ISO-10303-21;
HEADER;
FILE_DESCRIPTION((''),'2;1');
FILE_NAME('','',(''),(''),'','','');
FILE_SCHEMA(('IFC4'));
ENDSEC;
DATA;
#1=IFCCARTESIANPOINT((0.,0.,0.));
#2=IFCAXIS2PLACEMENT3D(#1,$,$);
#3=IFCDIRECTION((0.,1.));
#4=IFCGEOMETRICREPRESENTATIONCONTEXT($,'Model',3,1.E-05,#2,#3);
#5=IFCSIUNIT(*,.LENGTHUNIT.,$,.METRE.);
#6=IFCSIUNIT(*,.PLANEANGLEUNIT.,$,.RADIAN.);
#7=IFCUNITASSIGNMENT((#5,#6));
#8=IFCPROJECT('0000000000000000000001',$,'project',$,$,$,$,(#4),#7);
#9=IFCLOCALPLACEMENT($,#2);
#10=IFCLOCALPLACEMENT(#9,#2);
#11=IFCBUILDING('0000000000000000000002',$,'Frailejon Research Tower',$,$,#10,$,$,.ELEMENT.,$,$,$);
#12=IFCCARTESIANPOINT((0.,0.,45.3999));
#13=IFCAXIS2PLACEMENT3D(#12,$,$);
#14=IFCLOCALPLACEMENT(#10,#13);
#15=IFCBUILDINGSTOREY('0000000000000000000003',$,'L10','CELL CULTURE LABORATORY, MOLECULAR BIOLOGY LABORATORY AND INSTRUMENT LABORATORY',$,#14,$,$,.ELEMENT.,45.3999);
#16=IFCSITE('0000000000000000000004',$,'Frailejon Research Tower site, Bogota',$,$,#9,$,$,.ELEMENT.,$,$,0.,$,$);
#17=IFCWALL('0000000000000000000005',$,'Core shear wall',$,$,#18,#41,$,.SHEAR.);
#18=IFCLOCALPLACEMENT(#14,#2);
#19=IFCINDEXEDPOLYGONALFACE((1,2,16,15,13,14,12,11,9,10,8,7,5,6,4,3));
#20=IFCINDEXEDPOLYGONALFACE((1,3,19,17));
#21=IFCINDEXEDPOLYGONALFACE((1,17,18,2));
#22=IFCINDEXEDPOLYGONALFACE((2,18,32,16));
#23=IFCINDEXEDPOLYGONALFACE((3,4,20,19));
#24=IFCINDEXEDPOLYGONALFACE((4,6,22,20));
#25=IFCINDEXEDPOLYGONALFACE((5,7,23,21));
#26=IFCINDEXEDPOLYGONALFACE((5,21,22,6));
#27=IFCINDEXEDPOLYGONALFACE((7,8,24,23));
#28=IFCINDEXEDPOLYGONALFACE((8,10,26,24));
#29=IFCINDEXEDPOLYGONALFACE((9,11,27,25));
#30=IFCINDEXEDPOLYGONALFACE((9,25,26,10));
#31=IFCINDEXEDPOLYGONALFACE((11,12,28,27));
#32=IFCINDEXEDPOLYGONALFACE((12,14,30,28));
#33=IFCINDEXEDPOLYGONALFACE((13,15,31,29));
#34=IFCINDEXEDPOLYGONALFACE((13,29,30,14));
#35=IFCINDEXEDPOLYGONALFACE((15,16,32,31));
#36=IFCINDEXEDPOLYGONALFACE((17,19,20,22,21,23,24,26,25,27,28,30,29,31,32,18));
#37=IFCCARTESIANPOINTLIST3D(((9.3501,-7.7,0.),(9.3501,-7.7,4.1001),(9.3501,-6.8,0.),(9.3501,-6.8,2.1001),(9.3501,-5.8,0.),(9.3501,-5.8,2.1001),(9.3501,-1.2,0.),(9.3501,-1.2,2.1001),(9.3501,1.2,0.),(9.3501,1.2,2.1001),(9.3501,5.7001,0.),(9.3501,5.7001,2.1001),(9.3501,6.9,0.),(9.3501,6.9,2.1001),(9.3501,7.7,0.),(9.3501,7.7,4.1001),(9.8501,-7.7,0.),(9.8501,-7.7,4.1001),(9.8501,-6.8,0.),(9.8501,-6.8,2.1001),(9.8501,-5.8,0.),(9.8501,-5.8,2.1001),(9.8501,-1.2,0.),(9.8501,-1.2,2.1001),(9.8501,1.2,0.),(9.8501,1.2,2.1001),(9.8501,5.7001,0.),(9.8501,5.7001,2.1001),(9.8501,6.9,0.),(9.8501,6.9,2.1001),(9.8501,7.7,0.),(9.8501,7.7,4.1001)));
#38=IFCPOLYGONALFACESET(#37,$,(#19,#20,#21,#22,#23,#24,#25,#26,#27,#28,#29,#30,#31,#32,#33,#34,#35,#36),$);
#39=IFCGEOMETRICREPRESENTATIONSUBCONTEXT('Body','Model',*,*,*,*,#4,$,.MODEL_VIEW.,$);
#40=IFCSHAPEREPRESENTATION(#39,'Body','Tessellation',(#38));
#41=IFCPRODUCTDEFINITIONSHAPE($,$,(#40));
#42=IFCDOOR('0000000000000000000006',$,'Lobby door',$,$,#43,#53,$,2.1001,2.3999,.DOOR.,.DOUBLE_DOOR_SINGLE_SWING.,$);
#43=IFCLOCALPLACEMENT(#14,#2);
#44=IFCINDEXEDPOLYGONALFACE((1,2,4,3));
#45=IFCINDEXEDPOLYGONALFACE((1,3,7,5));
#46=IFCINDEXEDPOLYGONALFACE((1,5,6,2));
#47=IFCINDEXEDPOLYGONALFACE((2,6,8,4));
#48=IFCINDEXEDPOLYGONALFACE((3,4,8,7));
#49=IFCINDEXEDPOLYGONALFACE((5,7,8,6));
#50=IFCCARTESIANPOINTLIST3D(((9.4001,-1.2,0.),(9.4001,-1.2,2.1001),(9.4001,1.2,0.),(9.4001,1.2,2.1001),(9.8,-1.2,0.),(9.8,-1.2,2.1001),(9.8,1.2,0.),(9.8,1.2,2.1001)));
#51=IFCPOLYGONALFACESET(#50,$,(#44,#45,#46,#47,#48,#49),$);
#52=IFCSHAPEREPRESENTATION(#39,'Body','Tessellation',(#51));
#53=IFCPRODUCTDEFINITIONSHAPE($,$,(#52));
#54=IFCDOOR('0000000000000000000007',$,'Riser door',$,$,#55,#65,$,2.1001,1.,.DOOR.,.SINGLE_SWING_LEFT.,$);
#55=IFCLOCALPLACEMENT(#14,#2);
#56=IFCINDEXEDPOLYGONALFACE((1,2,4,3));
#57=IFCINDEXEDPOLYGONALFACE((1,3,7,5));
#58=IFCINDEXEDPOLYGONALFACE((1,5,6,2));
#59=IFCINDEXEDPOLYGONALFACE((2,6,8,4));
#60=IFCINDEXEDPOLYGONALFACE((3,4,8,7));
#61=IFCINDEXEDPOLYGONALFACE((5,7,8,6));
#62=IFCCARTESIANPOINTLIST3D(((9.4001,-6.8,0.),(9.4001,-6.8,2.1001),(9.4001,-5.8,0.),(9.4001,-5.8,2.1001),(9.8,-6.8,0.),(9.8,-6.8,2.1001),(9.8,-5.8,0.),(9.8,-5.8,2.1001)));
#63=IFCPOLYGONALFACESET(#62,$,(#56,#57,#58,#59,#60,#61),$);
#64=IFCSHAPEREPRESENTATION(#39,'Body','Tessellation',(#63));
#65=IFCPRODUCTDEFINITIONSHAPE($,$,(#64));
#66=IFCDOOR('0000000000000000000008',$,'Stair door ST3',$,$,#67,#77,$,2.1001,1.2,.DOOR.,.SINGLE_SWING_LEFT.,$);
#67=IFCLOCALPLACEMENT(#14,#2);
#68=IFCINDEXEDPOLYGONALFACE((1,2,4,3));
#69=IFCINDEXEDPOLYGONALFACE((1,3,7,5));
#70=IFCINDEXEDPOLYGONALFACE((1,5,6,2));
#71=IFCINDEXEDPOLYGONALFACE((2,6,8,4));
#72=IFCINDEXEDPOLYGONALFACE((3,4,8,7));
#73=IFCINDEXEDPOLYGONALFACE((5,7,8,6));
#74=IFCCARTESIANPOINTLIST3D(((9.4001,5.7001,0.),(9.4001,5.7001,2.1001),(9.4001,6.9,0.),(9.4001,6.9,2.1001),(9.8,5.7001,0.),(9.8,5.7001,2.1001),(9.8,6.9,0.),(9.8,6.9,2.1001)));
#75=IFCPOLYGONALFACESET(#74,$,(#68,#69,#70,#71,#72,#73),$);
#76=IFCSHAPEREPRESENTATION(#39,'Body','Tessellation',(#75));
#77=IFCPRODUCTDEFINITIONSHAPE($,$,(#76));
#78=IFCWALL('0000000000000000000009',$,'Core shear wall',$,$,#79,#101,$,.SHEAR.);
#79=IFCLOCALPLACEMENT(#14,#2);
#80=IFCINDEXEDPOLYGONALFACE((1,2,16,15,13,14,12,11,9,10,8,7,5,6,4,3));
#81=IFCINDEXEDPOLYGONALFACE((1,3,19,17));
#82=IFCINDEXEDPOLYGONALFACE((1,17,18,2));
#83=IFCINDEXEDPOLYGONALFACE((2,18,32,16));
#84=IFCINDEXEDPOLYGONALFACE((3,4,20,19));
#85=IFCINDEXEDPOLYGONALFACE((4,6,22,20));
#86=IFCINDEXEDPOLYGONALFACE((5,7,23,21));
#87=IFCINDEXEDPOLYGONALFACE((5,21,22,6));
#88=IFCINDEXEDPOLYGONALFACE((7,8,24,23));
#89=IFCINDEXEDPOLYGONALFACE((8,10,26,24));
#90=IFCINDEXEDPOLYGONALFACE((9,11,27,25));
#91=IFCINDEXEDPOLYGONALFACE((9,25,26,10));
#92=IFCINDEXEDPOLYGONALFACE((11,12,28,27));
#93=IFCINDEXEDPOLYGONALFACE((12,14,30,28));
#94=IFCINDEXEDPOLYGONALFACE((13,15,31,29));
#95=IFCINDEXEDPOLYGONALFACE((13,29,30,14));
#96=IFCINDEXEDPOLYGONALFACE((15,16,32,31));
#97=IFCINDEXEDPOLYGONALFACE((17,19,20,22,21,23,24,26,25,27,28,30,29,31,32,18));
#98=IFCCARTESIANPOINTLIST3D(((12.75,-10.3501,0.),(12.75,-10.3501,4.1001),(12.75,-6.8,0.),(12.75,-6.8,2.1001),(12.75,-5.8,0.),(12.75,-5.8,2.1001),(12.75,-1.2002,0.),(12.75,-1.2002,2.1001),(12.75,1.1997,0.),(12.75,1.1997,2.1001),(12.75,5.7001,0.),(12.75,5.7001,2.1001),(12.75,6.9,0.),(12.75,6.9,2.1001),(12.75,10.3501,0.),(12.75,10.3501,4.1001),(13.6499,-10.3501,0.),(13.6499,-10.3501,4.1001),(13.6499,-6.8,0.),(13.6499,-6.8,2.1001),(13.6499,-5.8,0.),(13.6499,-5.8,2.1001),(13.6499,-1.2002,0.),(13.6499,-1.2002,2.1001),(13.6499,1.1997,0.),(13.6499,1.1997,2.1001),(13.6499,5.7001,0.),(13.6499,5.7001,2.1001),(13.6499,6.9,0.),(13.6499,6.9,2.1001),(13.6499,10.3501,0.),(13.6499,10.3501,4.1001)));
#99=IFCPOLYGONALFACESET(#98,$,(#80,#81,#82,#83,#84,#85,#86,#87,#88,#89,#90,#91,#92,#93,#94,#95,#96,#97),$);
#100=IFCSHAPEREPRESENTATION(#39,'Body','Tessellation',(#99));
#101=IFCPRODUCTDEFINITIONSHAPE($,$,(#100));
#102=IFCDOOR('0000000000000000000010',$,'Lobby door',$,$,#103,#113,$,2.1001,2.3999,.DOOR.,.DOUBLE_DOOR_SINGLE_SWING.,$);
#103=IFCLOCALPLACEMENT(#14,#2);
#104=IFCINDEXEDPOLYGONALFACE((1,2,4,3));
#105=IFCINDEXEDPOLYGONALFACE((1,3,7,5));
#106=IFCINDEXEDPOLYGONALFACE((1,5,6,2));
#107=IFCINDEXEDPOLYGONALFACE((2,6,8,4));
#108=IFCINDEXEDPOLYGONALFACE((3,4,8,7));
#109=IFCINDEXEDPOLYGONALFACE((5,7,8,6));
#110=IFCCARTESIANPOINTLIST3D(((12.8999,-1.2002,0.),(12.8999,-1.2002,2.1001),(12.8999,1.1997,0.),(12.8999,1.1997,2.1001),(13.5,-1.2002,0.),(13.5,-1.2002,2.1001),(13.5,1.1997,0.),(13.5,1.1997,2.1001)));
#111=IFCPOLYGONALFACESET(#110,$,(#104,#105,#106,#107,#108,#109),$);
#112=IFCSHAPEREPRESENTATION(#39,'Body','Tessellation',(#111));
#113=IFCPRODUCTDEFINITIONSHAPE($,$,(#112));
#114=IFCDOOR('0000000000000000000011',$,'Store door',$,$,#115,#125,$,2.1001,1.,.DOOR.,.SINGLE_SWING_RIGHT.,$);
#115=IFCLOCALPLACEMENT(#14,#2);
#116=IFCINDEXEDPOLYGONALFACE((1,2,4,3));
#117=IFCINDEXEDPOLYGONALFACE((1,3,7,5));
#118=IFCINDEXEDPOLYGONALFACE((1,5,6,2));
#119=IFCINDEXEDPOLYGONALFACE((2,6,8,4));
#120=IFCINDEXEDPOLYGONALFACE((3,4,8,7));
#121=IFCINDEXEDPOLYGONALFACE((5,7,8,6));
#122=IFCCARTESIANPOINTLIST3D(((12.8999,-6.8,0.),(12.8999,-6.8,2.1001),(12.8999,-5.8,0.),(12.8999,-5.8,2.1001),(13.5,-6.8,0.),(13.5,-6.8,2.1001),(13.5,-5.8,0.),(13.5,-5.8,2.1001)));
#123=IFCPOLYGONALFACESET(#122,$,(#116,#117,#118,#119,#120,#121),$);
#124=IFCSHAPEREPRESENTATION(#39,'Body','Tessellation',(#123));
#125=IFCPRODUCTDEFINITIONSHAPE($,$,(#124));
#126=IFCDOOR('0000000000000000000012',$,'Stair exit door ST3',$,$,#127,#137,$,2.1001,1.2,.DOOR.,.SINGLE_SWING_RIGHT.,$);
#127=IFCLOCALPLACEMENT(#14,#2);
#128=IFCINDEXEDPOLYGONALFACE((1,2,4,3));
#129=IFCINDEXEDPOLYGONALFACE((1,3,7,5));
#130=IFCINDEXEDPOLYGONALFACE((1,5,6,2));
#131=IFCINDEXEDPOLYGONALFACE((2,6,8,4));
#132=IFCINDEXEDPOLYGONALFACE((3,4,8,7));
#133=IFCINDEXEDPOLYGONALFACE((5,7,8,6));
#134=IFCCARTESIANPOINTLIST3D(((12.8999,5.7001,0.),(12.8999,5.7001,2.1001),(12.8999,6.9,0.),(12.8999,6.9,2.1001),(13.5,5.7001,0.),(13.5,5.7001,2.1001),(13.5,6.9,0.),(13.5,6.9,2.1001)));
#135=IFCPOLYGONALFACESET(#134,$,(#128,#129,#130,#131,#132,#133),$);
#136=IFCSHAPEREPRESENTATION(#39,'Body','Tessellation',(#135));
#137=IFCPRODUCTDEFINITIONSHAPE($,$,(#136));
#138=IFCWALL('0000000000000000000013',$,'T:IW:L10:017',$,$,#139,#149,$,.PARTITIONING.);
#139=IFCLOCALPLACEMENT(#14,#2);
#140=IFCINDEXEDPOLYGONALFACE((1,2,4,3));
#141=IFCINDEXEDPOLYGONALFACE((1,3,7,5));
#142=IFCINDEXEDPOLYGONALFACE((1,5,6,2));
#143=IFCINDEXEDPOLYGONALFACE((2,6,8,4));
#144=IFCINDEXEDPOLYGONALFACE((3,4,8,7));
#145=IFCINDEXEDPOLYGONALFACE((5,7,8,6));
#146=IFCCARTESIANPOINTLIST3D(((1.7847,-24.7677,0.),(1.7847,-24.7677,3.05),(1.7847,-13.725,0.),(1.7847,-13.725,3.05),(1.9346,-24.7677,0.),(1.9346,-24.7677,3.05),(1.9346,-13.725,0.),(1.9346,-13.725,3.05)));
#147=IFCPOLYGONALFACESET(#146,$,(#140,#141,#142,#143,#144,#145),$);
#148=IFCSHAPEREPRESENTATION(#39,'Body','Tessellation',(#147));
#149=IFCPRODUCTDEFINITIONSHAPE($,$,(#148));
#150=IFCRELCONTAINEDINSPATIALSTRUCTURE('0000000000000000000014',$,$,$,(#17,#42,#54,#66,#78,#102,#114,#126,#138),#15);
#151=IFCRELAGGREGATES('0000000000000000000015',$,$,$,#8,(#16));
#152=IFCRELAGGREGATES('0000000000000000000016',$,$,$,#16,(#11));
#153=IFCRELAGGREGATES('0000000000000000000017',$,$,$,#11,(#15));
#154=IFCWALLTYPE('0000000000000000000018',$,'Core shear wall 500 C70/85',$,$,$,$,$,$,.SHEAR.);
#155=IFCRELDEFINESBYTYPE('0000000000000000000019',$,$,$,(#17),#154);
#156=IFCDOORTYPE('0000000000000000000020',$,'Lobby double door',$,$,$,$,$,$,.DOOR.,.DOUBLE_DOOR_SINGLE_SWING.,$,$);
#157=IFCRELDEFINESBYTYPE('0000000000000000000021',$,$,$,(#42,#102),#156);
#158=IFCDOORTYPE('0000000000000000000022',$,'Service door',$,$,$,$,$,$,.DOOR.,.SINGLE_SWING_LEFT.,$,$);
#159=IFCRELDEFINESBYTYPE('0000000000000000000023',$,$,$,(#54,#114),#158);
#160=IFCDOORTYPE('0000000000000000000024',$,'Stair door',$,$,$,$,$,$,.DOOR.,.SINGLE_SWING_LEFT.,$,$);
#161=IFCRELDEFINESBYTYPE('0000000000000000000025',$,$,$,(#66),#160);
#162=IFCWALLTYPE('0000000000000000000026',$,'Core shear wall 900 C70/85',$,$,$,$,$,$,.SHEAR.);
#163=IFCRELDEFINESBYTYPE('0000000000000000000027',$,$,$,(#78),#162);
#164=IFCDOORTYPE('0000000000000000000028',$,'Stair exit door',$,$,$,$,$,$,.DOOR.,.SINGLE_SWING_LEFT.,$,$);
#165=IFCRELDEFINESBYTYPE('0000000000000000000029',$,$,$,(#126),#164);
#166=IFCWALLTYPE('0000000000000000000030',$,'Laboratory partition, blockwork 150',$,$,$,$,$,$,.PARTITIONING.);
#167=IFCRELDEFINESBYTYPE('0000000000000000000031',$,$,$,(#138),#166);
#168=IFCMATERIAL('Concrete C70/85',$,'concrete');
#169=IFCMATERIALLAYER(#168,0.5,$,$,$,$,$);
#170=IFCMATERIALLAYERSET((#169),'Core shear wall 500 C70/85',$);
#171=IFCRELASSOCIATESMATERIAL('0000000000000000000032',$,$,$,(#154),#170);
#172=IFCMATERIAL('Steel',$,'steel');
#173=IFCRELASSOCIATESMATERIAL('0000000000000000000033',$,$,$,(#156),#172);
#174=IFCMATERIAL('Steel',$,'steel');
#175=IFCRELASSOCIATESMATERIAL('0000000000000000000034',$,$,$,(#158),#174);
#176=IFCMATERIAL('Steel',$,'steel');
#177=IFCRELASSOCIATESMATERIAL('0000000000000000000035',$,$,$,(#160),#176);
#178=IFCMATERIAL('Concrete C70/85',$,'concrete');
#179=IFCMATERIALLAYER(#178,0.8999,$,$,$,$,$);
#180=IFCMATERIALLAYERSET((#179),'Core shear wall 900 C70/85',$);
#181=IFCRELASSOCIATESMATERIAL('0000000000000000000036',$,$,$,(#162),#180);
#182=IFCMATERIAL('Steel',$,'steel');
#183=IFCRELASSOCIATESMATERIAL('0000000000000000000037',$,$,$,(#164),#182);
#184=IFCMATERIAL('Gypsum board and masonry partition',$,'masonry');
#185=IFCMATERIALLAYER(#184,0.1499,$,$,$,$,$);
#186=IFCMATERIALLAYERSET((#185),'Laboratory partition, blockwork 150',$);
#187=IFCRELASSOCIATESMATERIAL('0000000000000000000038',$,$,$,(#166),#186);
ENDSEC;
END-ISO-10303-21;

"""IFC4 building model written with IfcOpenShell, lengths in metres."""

from ifc_helpers import new_model, si_unit, direction, frame, frame_2d, origin, place, context, subcontext, project, spatial, rectangle, extrude, material, layer, layer_set, type_object, element, fill, save


model = new_model("IFC4")

# Units and contexts
model_context = context("Model", 3, precision=1e-05, world=origin(), true_north=direction((0.0, 1.0)))
body_context = subcontext(model_context, "Body", "Model", "MODEL_VIEW")
ifc_project = project(units=[si_unit("LENGTHUNIT", "METRE"), si_unit("PLANEANGLEUNIT", "RADIAN")], contexts=[model_context])

# Site, building, storey
site_placement = place(None, origin())
site = spatial("IfcSite", under=ifc_project, at=site_placement, Name="Frailejon Research Tower site, Bogota", CompositionType="ELEMENT", RefElevation=0.0)
building_placement = place(site_placement, origin())
building = spatial("IfcBuilding", under=site, at=building_placement, Name="Frailejon Research Tower", CompositionType="ELEMENT")
storey_placement = place(building_placement, frame((0.0, 0.0, 45.3999)))
storey = spatial("IfcBuildingStorey", under=building, at=storey_placement, Name="L10", Description="CELL CULTURE LABORATORY, MOLECULAR BIOLOGY LABORATORY AND INSTRUMENT LABORATORY", CompositionType="ELEMENT", Elevation=45.3999)

# Walls, openings, doors
ifc_material_1 = material(Name="Concrete C70/85", Category="concrete")
ifc_layer_1 = layer(ifc_material_1, 0.5)
ifc_layer_set_1 = layer_set([ifc_layer_1], Name="Core shear wall 500 C70/85")
wall_type_1 = type_object("IfcWallType", Name="Core shear wall 500 C70/85", PredefinedType="SHEAR", material=ifc_layer_set_1)
wall_1_placement = place(storey_placement, frame((9.6001, -7.7, 0.0), z_axis=(0.0, 0.0, 1.0), x_axis=(0.0, 1.0, 0.0)))
wall_1 = element("IfcWall", 1, at=wall_1_placement, inside=storey, type_object=wall_type_1, Name="Core shear wall", PredefinedType="SHEAR", context=body_context, shape_type="SweptSolid", body=[
    extrude(rectangle(XDim=15.3999, YDim=0.5, at=frame_2d((7.7, 0.0))), origin(), (0.0, 0.0, 1.0), 4.1001),
])
opening_1_placement = place(wall_1_placement, frame((6.5, 0.0, 0.0)))
opening_1 = element("IfcOpeningElement", 2, at=opening_1_placement, cuts=wall_1, PredefinedType="OPENING", context=body_context, shape_type="SweptSolid", body=[
    extrude(rectangle(XDim=2.3999, YDim=2.1001, at=frame_2d((1.2, 1.05))), frame((0.0, 0.26, 0.0), z_axis=(0.0, -1.0, 0.0), x_axis=(1.0, 0.0, 0.0)), (0.0, 0.0, 1.0), 0.52),
])
opening_2_placement = place(wall_1_placement, frame((13.3999, 0.0, 0.0)))
opening_2 = element("IfcOpeningElement", 3, at=opening_2_placement, cuts=wall_1, PredefinedType="OPENING", context=body_context, shape_type="SweptSolid", body=[
    extrude(rectangle(XDim=1.2, YDim=2.1001, at=frame_2d((0.6001, 1.05))), frame((0.0, 0.26, 0.0), z_axis=(0.0, -1.0, 0.0), x_axis=(1.0, 0.0, 0.0)), (0.0, 0.0, 1.0), 0.52),
])
opening_3_placement = place(wall_1_placement, frame((0.8999, 0.0, 0.0)))
opening_3 = element("IfcOpeningElement", 4, at=opening_3_placement, cuts=wall_1, PredefinedType="OPENING", context=body_context, shape_type="SweptSolid", body=[
    extrude(rectangle(XDim=1.0, YDim=2.1001, at=frame_2d((0.5, 1.05))), frame((0.0, 0.26, 0.0), z_axis=(0.0, -1.0, 0.0), x_axis=(1.0, 0.0, 0.0)), (0.0, 0.0, 1.0), 0.52),
])
ifc_material_2 = material(Name="Steel", Category="steel")
door_type_1 = type_object("IfcDoorType", Name="Lobby double door", OperationType="DOUBLE_DOOR_SINGLE_SWING", PredefinedType="DOOR", material=ifc_material_2)
door_1_placement = place(opening_1_placement, origin())
door_1 = element("IfcDoor", 5, at=door_1_placement, inside=storey, type_object=door_type_1, Name="Lobby door", OperationType="DOUBLE_DOOR_SINGLE_SWING", OverallHeight=2.1001, OverallWidth=2.3999, PredefinedType="DOOR", context=body_context, shape_type="SweptSolid", body=[
    extrude(rectangle(XDim=2.3999, YDim=2.1001, at=frame_2d((1.2, 1.05))), frame((0.0, 0.2, 0.0), z_axis=(0.0, -1.0, 0.0), x_axis=(1.0, 0.0, 0.0)), (0.0, 0.0, 1.0), 0.3999),
])
fill(opening_1, door_1)
ifc_material_3 = material(Name="Steel", Category="steel")
door_type_2 = type_object("IfcDoorType", Name="Service door", OperationType="SINGLE_SWING_LEFT", PredefinedType="DOOR", material=ifc_material_3)
door_2_placement = place(opening_3_placement, origin())
door_2 = element("IfcDoor", 6, at=door_2_placement, inside=storey, type_object=door_type_2, Name="Riser door", OperationType="SINGLE_SWING_LEFT", OverallHeight=2.1001, OverallWidth=1.0, PredefinedType="DOOR", context=body_context, shape_type="SweptSolid", body=[
    extrude(rectangle(XDim=1.0, YDim=2.1001, at=frame_2d((0.5, 1.05))), frame((0.0, 0.2, 0.0), z_axis=(0.0, -1.0, 0.0), x_axis=(1.0, 0.0, 0.0)), (0.0, 0.0, 1.0), 0.3999),
])
fill(opening_3, door_2)
ifc_material_4 = material(Name="Steel", Category="steel")
door_type_3 = type_object("IfcDoorType", Name="Stair door", OperationType="SINGLE_SWING_LEFT", PredefinedType="DOOR", material=ifc_material_4)
door_3_placement = place(opening_2_placement, origin())
door_3 = element("IfcDoor", 7, at=door_3_placement, inside=storey, type_object=door_type_3, Name="Stair door ST3", OperationType="SINGLE_SWING_LEFT", OverallHeight=2.1001, OverallWidth=1.2, PredefinedType="DOOR", context=body_context, shape_type="SweptSolid", body=[
    extrude(rectangle(XDim=1.2, YDim=2.1001, at=frame_2d((0.6001, 1.05))), frame((0.0, 0.2, 0.0), z_axis=(0.0, -1.0, 0.0), x_axis=(1.0, 0.0, 0.0)), (0.0, 0.0, 1.0), 0.3999),
])
fill(opening_2, door_3)
ifc_material_5 = material(Name="Concrete C70/85", Category="concrete")
ifc_layer_2 = layer(ifc_material_5, 0.8999)
ifc_layer_set_2 = layer_set([ifc_layer_2], Name="Core shear wall 900 C70/85")
wall_type_2 = type_object("IfcWallType", Name="Core shear wall 900 C70/85", PredefinedType="SHEAR", material=ifc_layer_set_2)
wall_2_placement = place(storey_placement, frame((13.2, -10.3501, 0.0), z_axis=(0.0, 0.0, 1.0), x_axis=(0.0, 1.0, 0.0)))
wall_2 = element("IfcWall", 8, at=wall_2_placement, inside=storey, type_object=wall_type_2, Name="Core shear wall", PredefinedType="SHEAR", context=body_context, shape_type="SweptSolid", body=[
    extrude(rectangle(XDim=20.7002, YDim=0.8999, at=frame_2d((10.3501, 0.0))), origin(), (0.0, 0.0, 1.0), 4.1001),
])
opening_4_placement = place(wall_2_placement, frame((9.1499, 0.0, 0.0)))
opening_4 = element("IfcOpeningElement", 9, at=opening_4_placement, cuts=wall_2, PredefinedType="OPENING", context=body_context, shape_type="SweptSolid", body=[
    extrude(rectangle(XDim=2.3999, YDim=2.1001, at=frame_2d((1.2, 1.05))), frame((0.0, 0.46, 0.0), z_axis=(0.0, -1.0, 0.0), x_axis=(1.0, 0.0, 0.0)), (0.0, 0.0, 1.0), 0.9199),
])
opening_5_placement = place(wall_2_placement, frame((16.05, 0.0, 0.0)))
opening_5 = element("IfcOpeningElement", 10, at=opening_5_placement, cuts=wall_2, PredefinedType="OPENING", context=body_context, shape_type="SweptSolid", body=[
    extrude(rectangle(XDim=1.2, YDim=2.1001, at=frame_2d((0.6001, 1.05))), frame((0.0, 0.46, 0.0), z_axis=(0.0, -1.0, 0.0), x_axis=(1.0, 0.0, 0.0)), (0.0, 0.0, 1.0), 0.9199),
])
opening_6_placement = place(wall_2_placement, frame((3.55, 0.0, 0.0)))
opening_6 = element("IfcOpeningElement", 11, at=opening_6_placement, cuts=wall_2, PredefinedType="OPENING", context=body_context, shape_type="SweptSolid", body=[
    extrude(rectangle(XDim=1.0, YDim=2.1001, at=frame_2d((0.5, 1.05))), frame((0.0, 0.46, 0.0), z_axis=(0.0, -1.0, 0.0), x_axis=(1.0, 0.0, 0.0)), (0.0, 0.0, 1.0), 0.9199),
])
door_4_placement = place(opening_4_placement, origin())
door_4 = element("IfcDoor", 12, at=door_4_placement, inside=storey, type_object=door_type_1, Name="Lobby door", OperationType="DOUBLE_DOOR_SINGLE_SWING", OverallHeight=2.1001, OverallWidth=2.3999, PredefinedType="DOOR", context=body_context, shape_type="SweptSolid", body=[
    extrude(rectangle(XDim=2.3999, YDim=2.1001, at=frame_2d((1.2, 1.05))), frame((0.0, 0.3, 0.0), z_axis=(0.0, -1.0, 0.0), x_axis=(1.0, 0.0, 0.0)), (0.0, 0.0, 1.0), 0.6001),
])
fill(opening_4, door_4)
door_5_placement = place(opening_6_placement, origin())
door_5 = element("IfcDoor", 13, at=door_5_placement, inside=storey, type_object=door_type_2, Name="Store door", OperationType="SINGLE_SWING_RIGHT", OverallHeight=2.1001, OverallWidth=1.0, PredefinedType="DOOR", context=body_context, shape_type="SweptSolid", body=[
    extrude(rectangle(XDim=1.0, YDim=2.1001, at=frame_2d((0.5, 1.05))), frame((0.0, 0.3, 0.0), z_axis=(0.0, -1.0, 0.0), x_axis=(1.0, 0.0, 0.0)), (0.0, 0.0, 1.0), 0.6001),
])
fill(opening_6, door_5)
ifc_material_6 = material(Name="Steel", Category="steel")
door_type_4 = type_object("IfcDoorType", Name="Stair exit door", OperationType="SINGLE_SWING_LEFT", PredefinedType="DOOR", material=ifc_material_6)
door_6_placement = place(opening_5_placement, origin())
door_6 = element("IfcDoor", 14, at=door_6_placement, inside=storey, type_object=door_type_4, Name="Stair exit door ST3", OperationType="SINGLE_SWING_RIGHT", OverallHeight=2.1001, OverallWidth=1.2, PredefinedType="DOOR", context=body_context, shape_type="SweptSolid", body=[
    extrude(rectangle(XDim=1.2, YDim=2.1001, at=frame_2d((0.6001, 1.05))), frame((0.0, 0.3, 0.0), z_axis=(0.0, -1.0, 0.0), x_axis=(1.0, 0.0, 0.0)), (0.0, 0.0, 1.0), 0.6001),
])
fill(opening_5, door_6)

# Wall
ifc_material_7 = material(Name="Gypsum board and masonry partition", Category="masonry")
ifc_layer_3 = layer(ifc_material_7, 0.1499)
ifc_layer_set_3 = layer_set([ifc_layer_3], Name="Laboratory partition, blockwork 150")
wall_type_3 = type_object("IfcWallType", Name="Laboratory partition, blockwork 150", PredefinedType="PARTITIONING", material=ifc_layer_set_3)
wall_3_placement = place(storey_placement, frame((1.8596, -24.7678, 0.0), z_axis=(0.0, 0.0, 1.0), x_axis=(0.0, 1.0, 0.0)))
element("IfcWall", 15, at=wall_3_placement, inside=storey, type_object=wall_type_3, Name="T:IW:L10:017", PredefinedType="PARTITIONING", context=body_context, shape_type="SweptSolid", body=[
    extrude(rectangle(XDim=11.0427, YDim=0.1499, at=frame_2d((5.5215, 0.0))), origin(), (0.0, 0.0, 1.0), 3.05),
])

save(model, "model.ifc")
